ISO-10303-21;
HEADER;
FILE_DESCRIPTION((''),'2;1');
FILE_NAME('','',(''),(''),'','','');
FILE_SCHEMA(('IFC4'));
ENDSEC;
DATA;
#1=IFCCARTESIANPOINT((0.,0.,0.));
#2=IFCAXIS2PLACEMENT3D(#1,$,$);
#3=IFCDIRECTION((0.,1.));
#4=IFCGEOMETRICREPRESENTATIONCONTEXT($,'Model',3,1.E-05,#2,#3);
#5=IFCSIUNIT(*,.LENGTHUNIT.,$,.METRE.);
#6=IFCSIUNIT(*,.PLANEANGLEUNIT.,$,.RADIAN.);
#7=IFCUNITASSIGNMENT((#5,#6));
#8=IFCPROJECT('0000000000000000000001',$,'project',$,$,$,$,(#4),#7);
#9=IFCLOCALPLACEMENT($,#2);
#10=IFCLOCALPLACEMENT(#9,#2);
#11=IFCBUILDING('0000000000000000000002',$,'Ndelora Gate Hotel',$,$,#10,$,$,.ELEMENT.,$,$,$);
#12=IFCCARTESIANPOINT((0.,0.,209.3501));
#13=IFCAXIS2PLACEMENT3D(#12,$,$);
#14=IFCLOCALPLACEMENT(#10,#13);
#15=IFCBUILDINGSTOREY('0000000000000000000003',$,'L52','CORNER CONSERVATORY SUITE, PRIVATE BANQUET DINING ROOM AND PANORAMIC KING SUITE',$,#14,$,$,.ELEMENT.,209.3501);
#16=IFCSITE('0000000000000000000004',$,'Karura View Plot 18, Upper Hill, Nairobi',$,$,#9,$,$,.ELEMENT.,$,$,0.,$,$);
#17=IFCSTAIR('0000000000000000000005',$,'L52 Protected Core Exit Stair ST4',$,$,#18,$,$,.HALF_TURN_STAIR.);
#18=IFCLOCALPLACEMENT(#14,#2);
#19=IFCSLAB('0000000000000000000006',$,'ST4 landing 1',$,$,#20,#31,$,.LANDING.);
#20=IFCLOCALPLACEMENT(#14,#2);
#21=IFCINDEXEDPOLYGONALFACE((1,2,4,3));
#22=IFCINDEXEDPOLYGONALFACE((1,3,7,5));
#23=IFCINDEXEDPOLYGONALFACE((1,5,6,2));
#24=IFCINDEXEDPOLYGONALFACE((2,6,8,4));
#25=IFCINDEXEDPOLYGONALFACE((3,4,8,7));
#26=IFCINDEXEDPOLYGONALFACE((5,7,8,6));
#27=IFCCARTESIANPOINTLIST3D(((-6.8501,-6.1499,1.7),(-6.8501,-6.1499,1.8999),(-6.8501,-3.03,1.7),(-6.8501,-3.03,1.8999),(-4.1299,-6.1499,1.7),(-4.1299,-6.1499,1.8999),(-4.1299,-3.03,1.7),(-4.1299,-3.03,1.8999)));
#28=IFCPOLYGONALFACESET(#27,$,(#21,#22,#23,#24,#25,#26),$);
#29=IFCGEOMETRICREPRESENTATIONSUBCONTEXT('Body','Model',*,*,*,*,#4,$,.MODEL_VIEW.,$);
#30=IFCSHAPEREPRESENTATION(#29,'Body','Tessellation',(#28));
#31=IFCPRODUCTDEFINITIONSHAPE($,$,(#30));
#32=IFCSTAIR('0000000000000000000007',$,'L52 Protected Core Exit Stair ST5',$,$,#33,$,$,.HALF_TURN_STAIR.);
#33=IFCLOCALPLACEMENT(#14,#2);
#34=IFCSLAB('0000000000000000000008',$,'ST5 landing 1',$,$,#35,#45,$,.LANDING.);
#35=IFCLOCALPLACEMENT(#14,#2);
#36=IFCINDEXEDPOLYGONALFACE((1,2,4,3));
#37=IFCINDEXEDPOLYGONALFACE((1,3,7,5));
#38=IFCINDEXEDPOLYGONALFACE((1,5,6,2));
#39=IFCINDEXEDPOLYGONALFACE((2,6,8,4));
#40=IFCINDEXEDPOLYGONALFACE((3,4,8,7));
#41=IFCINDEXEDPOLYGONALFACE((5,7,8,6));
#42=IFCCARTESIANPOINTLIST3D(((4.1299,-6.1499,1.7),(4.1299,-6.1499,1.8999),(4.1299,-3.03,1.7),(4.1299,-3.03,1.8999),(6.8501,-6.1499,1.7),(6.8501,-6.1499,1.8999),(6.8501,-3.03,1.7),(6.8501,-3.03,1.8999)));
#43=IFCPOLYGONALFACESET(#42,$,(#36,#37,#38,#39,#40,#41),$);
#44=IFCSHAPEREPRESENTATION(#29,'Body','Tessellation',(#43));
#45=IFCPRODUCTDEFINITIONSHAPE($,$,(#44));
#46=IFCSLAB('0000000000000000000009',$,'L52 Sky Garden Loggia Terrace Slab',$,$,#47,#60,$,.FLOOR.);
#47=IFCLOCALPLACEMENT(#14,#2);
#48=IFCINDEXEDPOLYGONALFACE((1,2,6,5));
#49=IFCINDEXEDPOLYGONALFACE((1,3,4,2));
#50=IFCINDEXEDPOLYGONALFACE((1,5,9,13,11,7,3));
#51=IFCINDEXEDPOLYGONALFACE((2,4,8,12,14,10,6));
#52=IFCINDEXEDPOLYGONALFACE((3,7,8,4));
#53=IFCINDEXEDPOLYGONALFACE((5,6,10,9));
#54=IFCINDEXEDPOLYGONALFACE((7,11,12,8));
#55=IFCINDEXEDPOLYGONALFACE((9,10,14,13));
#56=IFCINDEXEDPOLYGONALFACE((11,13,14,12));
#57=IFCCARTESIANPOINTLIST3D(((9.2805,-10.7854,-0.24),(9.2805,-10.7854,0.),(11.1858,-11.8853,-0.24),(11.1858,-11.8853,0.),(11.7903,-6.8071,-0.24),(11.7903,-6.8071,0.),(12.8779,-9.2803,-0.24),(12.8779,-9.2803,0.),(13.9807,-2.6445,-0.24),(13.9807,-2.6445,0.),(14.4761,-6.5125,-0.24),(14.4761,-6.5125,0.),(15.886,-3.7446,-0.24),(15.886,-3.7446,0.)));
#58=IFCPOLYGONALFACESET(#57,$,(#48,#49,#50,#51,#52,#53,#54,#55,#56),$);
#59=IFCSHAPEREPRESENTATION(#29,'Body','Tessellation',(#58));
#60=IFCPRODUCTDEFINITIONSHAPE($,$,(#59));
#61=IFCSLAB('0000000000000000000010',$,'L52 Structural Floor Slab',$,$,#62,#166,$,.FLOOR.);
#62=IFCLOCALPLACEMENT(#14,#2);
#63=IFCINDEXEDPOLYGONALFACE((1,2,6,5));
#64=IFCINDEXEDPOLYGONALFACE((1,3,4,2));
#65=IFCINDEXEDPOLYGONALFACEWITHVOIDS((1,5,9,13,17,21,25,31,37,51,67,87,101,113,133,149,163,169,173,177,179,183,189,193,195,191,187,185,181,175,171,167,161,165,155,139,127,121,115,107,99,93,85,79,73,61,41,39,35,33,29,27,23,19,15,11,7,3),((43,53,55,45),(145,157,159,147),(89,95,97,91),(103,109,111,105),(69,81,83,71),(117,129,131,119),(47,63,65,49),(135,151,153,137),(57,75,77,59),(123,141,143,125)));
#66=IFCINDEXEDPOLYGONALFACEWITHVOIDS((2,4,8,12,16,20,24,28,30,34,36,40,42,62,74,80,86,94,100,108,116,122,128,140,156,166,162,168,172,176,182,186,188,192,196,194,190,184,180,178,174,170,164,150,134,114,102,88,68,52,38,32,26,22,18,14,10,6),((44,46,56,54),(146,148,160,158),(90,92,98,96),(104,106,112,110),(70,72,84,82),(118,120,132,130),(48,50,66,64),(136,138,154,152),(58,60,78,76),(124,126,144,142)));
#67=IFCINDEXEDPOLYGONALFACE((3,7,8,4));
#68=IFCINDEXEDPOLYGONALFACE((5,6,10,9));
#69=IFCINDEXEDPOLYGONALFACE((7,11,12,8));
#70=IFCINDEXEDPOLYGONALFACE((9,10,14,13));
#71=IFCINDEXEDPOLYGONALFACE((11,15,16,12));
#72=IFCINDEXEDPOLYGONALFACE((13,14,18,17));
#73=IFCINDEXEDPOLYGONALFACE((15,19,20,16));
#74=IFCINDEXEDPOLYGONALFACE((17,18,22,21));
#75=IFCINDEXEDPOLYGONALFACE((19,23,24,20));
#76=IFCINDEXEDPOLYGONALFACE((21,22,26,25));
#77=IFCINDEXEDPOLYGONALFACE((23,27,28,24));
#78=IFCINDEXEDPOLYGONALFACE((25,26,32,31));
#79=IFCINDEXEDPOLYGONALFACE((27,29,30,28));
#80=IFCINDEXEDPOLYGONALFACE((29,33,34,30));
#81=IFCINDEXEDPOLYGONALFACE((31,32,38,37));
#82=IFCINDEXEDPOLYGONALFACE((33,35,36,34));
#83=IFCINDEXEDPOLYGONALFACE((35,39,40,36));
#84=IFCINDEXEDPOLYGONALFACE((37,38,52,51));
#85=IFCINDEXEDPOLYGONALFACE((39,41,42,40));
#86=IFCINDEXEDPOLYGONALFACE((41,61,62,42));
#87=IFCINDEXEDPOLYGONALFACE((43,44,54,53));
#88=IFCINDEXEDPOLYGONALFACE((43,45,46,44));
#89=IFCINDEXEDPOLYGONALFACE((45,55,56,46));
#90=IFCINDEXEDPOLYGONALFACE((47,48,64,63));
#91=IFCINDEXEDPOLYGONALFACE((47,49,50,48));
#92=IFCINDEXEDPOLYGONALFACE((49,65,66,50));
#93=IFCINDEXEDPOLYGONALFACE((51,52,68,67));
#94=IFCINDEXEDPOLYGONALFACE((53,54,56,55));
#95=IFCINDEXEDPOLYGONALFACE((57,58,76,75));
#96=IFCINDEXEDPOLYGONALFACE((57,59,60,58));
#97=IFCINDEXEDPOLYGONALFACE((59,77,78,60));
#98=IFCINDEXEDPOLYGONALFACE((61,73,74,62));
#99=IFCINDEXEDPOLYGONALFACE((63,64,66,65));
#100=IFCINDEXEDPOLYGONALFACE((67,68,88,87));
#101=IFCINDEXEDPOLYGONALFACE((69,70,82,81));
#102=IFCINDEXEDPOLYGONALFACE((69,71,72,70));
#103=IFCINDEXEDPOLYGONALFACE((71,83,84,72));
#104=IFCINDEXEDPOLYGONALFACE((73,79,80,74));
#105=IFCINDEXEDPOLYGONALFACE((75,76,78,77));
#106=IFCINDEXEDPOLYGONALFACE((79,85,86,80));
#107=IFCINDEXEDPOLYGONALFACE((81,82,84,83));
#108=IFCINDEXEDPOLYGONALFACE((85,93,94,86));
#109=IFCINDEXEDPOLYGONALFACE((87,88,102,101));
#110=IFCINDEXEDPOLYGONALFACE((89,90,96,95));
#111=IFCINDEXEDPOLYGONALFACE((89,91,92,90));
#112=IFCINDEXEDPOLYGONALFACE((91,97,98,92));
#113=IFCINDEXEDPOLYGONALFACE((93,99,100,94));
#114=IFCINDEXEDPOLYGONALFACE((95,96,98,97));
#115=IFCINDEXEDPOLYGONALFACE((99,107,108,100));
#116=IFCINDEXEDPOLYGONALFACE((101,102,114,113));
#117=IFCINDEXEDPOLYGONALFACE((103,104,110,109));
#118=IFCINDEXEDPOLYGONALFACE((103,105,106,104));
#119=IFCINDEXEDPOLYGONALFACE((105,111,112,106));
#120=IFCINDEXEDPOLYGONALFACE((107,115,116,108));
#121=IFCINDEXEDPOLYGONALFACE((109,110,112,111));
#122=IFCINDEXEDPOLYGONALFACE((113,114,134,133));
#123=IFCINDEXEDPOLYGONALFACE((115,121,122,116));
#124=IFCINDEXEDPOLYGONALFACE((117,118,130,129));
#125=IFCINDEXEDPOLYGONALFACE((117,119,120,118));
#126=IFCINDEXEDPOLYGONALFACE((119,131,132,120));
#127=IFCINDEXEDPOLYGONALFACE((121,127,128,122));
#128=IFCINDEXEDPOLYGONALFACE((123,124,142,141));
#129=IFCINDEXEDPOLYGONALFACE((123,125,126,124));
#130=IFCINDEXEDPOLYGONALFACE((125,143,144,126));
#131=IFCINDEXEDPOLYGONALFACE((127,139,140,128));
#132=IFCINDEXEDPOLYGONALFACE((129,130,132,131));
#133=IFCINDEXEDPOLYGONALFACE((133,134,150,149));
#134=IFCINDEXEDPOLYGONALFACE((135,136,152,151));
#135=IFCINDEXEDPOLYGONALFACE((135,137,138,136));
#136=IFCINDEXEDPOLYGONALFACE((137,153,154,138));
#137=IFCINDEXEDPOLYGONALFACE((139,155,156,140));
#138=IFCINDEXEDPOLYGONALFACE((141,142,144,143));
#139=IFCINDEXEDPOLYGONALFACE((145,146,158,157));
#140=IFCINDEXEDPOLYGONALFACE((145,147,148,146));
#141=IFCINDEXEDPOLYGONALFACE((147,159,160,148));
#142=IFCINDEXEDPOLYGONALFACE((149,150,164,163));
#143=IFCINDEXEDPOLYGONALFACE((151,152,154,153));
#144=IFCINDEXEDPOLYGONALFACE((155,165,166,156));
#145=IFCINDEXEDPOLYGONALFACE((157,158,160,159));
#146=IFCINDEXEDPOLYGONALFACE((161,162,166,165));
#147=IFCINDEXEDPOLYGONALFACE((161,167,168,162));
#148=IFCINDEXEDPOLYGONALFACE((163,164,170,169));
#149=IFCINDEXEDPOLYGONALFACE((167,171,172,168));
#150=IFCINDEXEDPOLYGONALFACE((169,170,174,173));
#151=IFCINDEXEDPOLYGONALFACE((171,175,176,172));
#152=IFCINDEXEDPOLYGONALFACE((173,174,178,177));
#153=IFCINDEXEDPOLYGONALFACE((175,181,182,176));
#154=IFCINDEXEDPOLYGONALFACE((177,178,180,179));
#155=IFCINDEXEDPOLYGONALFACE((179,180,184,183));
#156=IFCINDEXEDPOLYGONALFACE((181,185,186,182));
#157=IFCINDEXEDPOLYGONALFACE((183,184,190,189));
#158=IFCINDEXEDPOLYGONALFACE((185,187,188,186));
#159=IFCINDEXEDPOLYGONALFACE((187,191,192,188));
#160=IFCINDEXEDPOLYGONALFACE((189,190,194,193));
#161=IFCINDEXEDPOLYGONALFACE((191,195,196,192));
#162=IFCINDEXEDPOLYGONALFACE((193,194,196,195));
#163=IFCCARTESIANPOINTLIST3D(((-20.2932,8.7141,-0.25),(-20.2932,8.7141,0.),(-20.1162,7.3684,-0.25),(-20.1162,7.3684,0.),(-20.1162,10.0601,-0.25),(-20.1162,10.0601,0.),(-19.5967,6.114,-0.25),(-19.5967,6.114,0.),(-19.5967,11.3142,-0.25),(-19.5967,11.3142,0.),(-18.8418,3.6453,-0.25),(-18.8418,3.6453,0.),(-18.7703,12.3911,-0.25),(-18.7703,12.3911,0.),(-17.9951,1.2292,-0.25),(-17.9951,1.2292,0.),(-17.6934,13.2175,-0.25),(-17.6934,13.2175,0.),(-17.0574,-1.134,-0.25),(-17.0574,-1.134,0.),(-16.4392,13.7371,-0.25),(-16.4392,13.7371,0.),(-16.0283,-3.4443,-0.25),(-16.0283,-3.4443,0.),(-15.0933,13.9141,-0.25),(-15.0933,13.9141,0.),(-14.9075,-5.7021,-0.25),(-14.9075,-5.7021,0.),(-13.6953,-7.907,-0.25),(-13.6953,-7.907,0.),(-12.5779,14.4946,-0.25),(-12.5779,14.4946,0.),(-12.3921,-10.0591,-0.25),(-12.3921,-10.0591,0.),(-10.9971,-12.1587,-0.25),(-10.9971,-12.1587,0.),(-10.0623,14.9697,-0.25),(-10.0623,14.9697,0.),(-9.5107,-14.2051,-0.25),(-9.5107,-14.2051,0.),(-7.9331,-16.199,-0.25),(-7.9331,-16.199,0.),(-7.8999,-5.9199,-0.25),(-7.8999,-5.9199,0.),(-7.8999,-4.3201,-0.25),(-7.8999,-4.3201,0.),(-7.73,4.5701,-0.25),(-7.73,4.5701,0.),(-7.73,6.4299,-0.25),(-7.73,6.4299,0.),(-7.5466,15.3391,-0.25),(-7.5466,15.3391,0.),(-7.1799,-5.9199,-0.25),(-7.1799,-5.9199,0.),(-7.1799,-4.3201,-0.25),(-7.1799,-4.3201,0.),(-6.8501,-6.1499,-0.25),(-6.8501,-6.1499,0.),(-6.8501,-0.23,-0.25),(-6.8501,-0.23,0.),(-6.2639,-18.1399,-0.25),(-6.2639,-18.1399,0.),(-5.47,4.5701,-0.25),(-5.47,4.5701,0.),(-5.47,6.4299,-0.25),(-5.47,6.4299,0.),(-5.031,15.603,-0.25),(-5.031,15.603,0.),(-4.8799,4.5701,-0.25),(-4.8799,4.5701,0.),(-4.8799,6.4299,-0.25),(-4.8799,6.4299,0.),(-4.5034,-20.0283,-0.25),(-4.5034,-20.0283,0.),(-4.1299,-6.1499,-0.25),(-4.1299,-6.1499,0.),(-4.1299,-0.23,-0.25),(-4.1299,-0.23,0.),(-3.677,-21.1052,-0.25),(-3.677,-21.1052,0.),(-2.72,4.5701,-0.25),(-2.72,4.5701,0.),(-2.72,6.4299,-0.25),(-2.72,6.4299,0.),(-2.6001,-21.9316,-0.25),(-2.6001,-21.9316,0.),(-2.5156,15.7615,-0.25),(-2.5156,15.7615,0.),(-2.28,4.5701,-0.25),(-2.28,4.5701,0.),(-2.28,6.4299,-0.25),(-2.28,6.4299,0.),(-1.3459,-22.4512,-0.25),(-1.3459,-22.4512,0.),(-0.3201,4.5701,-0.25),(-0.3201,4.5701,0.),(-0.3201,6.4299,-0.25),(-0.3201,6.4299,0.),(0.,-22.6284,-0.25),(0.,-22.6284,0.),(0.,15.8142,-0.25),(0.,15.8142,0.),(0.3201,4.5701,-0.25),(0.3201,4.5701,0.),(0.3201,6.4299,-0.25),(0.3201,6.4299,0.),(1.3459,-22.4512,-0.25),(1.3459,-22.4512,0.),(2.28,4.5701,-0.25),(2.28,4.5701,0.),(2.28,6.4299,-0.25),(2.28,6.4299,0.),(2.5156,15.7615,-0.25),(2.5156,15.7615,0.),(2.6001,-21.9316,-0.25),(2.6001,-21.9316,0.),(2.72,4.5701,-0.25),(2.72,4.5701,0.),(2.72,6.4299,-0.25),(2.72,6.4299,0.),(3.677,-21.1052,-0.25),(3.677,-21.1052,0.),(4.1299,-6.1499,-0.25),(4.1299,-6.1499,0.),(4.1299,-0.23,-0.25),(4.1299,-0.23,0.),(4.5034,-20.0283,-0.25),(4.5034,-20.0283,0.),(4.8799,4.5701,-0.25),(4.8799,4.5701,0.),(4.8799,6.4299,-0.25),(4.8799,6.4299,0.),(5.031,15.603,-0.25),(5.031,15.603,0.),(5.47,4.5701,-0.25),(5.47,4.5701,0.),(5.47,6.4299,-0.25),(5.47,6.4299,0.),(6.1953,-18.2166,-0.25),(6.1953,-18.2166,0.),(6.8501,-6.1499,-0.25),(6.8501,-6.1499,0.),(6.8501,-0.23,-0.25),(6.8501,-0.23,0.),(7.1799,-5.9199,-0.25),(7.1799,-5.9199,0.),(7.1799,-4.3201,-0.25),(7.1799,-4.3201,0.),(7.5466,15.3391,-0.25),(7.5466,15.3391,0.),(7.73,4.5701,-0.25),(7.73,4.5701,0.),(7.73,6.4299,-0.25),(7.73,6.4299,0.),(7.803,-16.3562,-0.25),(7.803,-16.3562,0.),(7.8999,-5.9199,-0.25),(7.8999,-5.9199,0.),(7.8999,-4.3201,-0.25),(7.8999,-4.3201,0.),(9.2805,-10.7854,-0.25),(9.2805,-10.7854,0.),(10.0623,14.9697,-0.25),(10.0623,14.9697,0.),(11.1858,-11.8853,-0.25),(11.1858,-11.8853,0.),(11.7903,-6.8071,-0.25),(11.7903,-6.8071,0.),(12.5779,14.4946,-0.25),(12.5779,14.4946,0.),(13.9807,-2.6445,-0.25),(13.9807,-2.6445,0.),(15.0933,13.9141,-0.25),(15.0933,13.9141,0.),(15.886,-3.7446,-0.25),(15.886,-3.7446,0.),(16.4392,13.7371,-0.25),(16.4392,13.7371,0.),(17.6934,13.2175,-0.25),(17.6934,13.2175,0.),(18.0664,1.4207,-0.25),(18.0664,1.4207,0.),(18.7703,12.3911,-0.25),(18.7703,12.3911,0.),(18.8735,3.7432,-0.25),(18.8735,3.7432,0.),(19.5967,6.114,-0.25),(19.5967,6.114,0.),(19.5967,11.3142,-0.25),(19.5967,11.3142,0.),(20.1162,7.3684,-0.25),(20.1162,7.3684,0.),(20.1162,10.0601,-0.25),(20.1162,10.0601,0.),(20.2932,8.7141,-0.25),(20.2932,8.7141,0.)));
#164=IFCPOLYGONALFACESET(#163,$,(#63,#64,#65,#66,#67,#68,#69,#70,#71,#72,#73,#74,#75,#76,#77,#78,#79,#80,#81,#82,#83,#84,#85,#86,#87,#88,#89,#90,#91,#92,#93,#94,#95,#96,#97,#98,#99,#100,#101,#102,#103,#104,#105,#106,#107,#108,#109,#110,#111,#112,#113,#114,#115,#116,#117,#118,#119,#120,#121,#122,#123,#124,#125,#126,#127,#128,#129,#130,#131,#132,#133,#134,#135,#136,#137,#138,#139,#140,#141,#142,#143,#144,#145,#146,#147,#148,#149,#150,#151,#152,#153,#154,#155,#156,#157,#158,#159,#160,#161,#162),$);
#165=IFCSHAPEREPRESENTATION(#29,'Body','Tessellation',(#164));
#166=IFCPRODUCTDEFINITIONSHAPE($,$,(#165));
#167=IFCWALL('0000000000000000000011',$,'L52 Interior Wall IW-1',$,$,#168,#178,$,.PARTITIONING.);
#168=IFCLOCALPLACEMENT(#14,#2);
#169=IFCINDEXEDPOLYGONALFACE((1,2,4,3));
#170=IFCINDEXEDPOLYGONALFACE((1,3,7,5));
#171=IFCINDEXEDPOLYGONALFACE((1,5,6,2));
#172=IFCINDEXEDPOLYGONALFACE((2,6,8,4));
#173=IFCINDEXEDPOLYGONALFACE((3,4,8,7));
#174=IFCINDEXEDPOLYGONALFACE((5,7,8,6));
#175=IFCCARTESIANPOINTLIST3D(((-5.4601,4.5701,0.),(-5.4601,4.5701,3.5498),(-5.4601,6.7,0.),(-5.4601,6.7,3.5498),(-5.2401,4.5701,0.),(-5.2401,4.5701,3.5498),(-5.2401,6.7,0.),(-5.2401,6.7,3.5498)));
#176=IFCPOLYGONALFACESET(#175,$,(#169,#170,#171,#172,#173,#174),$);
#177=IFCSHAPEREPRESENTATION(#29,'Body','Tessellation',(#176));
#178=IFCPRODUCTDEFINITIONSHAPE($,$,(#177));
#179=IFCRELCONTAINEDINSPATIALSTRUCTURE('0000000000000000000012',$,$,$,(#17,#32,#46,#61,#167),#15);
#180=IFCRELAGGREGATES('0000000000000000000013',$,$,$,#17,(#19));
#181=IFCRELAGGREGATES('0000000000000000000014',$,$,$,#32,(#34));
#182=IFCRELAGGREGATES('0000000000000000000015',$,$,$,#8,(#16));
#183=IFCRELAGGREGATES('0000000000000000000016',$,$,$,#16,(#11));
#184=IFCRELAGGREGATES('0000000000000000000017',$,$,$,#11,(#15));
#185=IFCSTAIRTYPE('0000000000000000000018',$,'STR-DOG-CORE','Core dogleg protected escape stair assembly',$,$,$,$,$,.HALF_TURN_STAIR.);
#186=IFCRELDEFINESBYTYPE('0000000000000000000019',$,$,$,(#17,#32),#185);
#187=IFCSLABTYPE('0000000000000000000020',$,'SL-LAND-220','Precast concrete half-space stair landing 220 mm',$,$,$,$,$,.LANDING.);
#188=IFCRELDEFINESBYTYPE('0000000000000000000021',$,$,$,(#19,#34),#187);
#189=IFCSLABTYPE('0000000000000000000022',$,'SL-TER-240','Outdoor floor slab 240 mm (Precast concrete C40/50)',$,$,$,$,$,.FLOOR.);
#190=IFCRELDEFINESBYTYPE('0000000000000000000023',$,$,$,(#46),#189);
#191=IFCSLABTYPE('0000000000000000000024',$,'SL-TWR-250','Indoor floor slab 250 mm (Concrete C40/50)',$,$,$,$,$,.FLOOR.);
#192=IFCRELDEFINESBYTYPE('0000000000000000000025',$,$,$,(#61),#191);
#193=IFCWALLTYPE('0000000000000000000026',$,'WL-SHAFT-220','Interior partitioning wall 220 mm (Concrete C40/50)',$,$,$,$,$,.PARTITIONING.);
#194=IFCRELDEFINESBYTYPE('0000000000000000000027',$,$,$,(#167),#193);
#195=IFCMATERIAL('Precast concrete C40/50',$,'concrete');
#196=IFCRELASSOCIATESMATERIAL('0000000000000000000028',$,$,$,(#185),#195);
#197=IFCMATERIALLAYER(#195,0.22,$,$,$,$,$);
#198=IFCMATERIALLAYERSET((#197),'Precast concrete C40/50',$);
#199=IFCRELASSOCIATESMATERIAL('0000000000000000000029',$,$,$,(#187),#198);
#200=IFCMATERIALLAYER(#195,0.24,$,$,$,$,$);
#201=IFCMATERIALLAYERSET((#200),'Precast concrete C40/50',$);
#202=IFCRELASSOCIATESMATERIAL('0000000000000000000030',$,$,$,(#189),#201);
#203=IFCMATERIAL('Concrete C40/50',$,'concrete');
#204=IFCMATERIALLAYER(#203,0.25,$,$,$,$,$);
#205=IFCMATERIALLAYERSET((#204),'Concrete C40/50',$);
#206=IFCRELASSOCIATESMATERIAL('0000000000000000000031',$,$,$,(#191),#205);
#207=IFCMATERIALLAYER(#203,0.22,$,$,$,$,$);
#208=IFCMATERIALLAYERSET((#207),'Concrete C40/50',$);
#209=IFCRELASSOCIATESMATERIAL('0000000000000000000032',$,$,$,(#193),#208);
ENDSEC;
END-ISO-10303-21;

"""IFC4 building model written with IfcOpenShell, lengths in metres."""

from ifc_helpers import new_model, si_unit, direction, frame, frame_2d, origin, place, context, subcontext, project, spatial, polyline, rectangle, outline, extrude, material, layer, layer_set, type_object, element, aggregate, save


model = new_model("IFC4")

# Units and contexts
model_context = context("Model", 3, precision=1e-05, world=origin(), true_north=direction((0.0, 1.0)))
body_context = subcontext(model_context, "Body", "Model", "MODEL_VIEW")
ifc_project = project(units=[si_unit("LENGTHUNIT", "METRE"), si_unit("PLANEANGLEUNIT", "RADIAN")], contexts=[model_context])

# Site, building, storey
site_placement = place(None, origin())
site = spatial("IfcSite", under=ifc_project, at=site_placement, Name="Karura View Plot 18, Upper Hill, Nairobi", CompositionType="ELEMENT", RefElevation=0.0)
building_placement = place(site_placement, origin())
building = spatial("IfcBuilding", under=site, at=building_placement, Name="Ndelora Gate Hotel", CompositionType="ELEMENT")
storey_placement = place(building_placement, frame((0.0, 0.0, 209.3501)))
storey = spatial("IfcBuildingStorey", under=building, at=storey_placement, Name="L52", Description="CORNER CONSERVATORY SUITE, PRIVATE BANQUET DINING ROOM AND PANORAMIC KING SUITE", CompositionType="ELEMENT", Elevation=209.3501)

# Stairs, slabs
ifc_material_1 = material(Name="Precast concrete C40/50", Category="concrete")
stair_type = type_object("IfcStairType", Name="STR-DOG-CORE", Description="Core dogleg protected escape stair assembly", PredefinedType="HALF_TURN_STAIR", material=ifc_material_1)
stair_1_placement = place(storey_placement, origin())
stair_1 = element("IfcStair", 1, at=stair_1_placement, inside=storey, type_object=stair_type, Name="L52 Protected Core Exit Stair ST4", PredefinedType="HALF_TURN_STAIR")
ifc_layer_1 = layer(ifc_material_1, 0.22)
ifc_layer_set_1 = layer_set([ifc_layer_1], Name="Precast concrete C40/50")
slab_type_1 = type_object("IfcSlabType", Name="SL-LAND-220", Description="Precast concrete half-space stair landing 220 mm", PredefinedType="LANDING", material=ifc_layer_set_1)
slab_1_placement = place(storey_placement, frame((0.0, 0.0, 1.7)))
slab_1 = element("IfcSlab", 2, at=slab_1_placement, type_object=slab_type_1, Name="ST4 landing 1", PredefinedType="LANDING", context=body_context, shape_type="SweptSolid", body=[
    extrude(outline(polyline([(-6.8501, -3.03), (-6.8501, -6.1499), (-4.1299, -6.1499), (-4.1299, -3.03), (-6.8501, -3.03)])), origin(), (0.0, 0.0, 1.0), 0.2),
])
aggregate(stair_1, [slab_1])
stair_2_placement = place(storey_placement, origin())
stair_2 = element("IfcStair", 3, at=stair_2_placement, inside=storey, type_object=stair_type, Name="L52 Protected Core Exit Stair ST5", PredefinedType="HALF_TURN_STAIR")
slab_2_placement = place(storey_placement, frame((0.0, 0.0, 1.7)))
slab_2 = element("IfcSlab", 4, at=slab_2_placement, type_object=slab_type_1, Name="ST5 landing 1", PredefinedType="LANDING", context=body_context, shape_type="SweptSolid", body=[
    extrude(outline(polyline([(4.1299, -3.03), (4.1299, -6.1499), (6.8501, -6.1499), (6.8501, -3.03), (4.1299, -3.03)])), origin(), (0.0, 0.0, 1.0), 0.2),
])
aggregate(stair_2, [slab_2])

# Slabs
ifc_layer_2 = layer(ifc_material_1, 0.24)
ifc_layer_set_2 = layer_set([ifc_layer_2], Name="Precast concrete C40/50")
slab_type_2 = type_object("IfcSlabType", Name="SL-TER-240", Description="Outdoor floor slab 240 mm (Precast concrete C40/50)", PredefinedType="FLOOR", material=ifc_layer_set_2)
slab_3_placement = place(storey_placement, frame((0.0, 0.0, -0.24)))
element("IfcSlab", 5, at=slab_3_placement, inside=storey, type_object=slab_type_2, Name="L52 Sky Garden Loggia Terrace Slab", PredefinedType="FLOOR", context=body_context, shape_type="SweptSolid", body=[
    extrude(outline(polyline([(9.2805, -10.7854), (11.1858, -11.8853), (12.8779, -9.2803), (14.4761, -6.5125), (15.886, -3.7446), (13.9807, -2.6445), (11.7903, -6.8071), (9.2805, -10.7854)])), origin(), (0.0, 0.0, 1.0), 0.24),
])
ifc_material_2 = material(Name="Concrete C40/50", Category="concrete")
ifc_layer_3 = layer(ifc_material_2, 0.25)
ifc_layer_set_3 = layer_set([ifc_layer_3], Name="Concrete C40/50")
slab_type_3 = type_object("IfcSlabType", Name="SL-TWR-250", Description="Indoor floor slab 250 mm (Concrete C40/50)", PredefinedType="FLOOR", material=ifc_layer_set_3)
slab_4_placement = place(storey_placement, frame((0.0, 0.0, -0.25)))
element("IfcSlab", 6, at=slab_4_placement, inside=storey, type_object=slab_type_3, Name="L52 Structural Floor Slab", PredefinedType="FLOOR", context=body_context, shape_type="SweptSolid", body=[
    extrude(outline(polyline([(-15.0933, 13.9141), (-16.4392, 13.7371), (-17.6934, 13.2175), (-18.7703, 12.3911), (-19.5967, 11.3142), (-20.1162, 10.0601), (-20.2932, 8.7141), (-20.1162, 7.3684), (-19.5967, 6.114), (-18.8418, 3.6453), (-17.9951, 1.2292), (-17.0574, -1.134), (-16.0283, -3.4443), (-14.9075, -5.7021), (-13.6953, -7.907), (-12.3921, -10.0591), (-10.9971, -12.1587), (-9.5107, -14.2051), (-7.9331, -16.199), (-6.2639, -18.1399), (-4.5034, -20.0283), (-3.677, -21.1052), (-2.6001, -21.9316), (-1.3459, -22.4512), (0.0, -22.6284), (1.3459, -22.4512), (2.6001, -21.9316), (3.677, -21.1052), (4.5034, -20.0283), (6.1953, -18.2166), (7.803, -16.3562), (11.1858, -11.8853), (9.2805, -10.7854), (11.7903, -6.8071), (13.9807, -2.6445), (15.886, -3.7446), (18.0664, 1.4207), (18.8735, 3.7432), (19.5967, 6.114), (20.1162, 7.3684), (20.2932, 8.7141), (20.1162, 10.0601), (19.5967, 11.3142), (18.7703, 12.3911), (17.6934, 13.2175), (16.4392, 13.7371), (15.0933, 13.9141), (12.5779, 14.4946), (10.0623, 14.9697), (7.5466, 15.3391), (5.031, 15.603), (2.5156, 15.7615), (0.0, 15.8142), (-2.5156, 15.7615), (-5.031, 15.603), (-7.5466, 15.3391), (-10.0623, 14.9697), (-12.5779, 14.4946), (-15.0933, 13.9141)]), holes=[polyline([(-6.8501, -0.23), (-6.8501, -6.1499), (-4.1299, -6.1499), (-4.1299, -0.23), (-6.8501, -0.23)]), polyline([(4.1299, -0.23), (4.1299, -6.1499), (6.8501, -6.1499), (6.8501, -0.23), (4.1299, -0.23)]), polyline([(-7.73, 4.5701), (-5.47, 4.5701), (-5.47, 6.4299), (-7.73, 6.4299), (-7.73, 4.5701)]), polyline([(5.47, 4.5701), (7.73, 4.5701), (7.73, 6.4299), (5.47, 6.4299), (5.47, 4.5701)]), polyline([(-4.8799, 4.5701), (-2.72, 4.5701), (-2.72, 6.4299), (-4.8799, 6.4299), (-4.8799, 4.5701)]), polyline([(2.72, 4.5701), (4.8799, 4.5701), (4.8799, 6.4299), (2.72, 6.4299), (2.72, 4.5701)]), polyline([(-2.28, 4.5701), (-0.3201, 4.5701), (-0.3201, 6.4299), (-2.28, 6.4299), (-2.28, 4.5701)]), polyline([(0.3201, 4.5701), (2.28, 4.5701), (2.28, 6.4299), (0.3201, 6.4299), (0.3201, 4.5701)]), polyline([(-7.8999, -5.9199), (-7.1799, -5.9199), (-7.1799, -4.3201), (-7.8999, -4.3201), (-7.8999, -5.9199)]), polyline([(7.1799, -5.9199), (7.8999, -5.9199), (7.8999, -4.3201), (7.1799, -4.3201), (7.1799, -5.9199)])]), origin(), (0.0, 0.0, 1.0), 0.25),
])

# Wall
ifc_layer_4 = layer(ifc_material_2, 0.22)
ifc_layer_set_4 = layer_set([ifc_layer_4], Name="Concrete C40/50")
wall_type_1 = type_object("IfcWallType", Name="WL-SHAFT-220", Description="Interior partitioning wall 220 mm (Concrete C40/50)", PredefinedType="PARTITIONING", material=ifc_layer_set_4)
wall_1_placement = place(storey_placement, frame((-5.3501, 4.5701, 0.0), z_axis=(0.0, 0.0, 1.0), x_axis=(0.0, 1.0, 0.0)))
element("IfcWall", 7, at=wall_1_placement, inside=storey, type_object=wall_type_1, Name="L52 Interior Wall IW-1", PredefinedType="PARTITIONING", context=body_context, shape_type="SweptSolid", body=[
    extrude(rectangle(XDim=2.1299, YDim=0.22, at=frame_2d((1.0649, 0.0))), origin(), (0.0, 0.0, 1.0), 3.5498),
])

save(model, "model.ifc")
